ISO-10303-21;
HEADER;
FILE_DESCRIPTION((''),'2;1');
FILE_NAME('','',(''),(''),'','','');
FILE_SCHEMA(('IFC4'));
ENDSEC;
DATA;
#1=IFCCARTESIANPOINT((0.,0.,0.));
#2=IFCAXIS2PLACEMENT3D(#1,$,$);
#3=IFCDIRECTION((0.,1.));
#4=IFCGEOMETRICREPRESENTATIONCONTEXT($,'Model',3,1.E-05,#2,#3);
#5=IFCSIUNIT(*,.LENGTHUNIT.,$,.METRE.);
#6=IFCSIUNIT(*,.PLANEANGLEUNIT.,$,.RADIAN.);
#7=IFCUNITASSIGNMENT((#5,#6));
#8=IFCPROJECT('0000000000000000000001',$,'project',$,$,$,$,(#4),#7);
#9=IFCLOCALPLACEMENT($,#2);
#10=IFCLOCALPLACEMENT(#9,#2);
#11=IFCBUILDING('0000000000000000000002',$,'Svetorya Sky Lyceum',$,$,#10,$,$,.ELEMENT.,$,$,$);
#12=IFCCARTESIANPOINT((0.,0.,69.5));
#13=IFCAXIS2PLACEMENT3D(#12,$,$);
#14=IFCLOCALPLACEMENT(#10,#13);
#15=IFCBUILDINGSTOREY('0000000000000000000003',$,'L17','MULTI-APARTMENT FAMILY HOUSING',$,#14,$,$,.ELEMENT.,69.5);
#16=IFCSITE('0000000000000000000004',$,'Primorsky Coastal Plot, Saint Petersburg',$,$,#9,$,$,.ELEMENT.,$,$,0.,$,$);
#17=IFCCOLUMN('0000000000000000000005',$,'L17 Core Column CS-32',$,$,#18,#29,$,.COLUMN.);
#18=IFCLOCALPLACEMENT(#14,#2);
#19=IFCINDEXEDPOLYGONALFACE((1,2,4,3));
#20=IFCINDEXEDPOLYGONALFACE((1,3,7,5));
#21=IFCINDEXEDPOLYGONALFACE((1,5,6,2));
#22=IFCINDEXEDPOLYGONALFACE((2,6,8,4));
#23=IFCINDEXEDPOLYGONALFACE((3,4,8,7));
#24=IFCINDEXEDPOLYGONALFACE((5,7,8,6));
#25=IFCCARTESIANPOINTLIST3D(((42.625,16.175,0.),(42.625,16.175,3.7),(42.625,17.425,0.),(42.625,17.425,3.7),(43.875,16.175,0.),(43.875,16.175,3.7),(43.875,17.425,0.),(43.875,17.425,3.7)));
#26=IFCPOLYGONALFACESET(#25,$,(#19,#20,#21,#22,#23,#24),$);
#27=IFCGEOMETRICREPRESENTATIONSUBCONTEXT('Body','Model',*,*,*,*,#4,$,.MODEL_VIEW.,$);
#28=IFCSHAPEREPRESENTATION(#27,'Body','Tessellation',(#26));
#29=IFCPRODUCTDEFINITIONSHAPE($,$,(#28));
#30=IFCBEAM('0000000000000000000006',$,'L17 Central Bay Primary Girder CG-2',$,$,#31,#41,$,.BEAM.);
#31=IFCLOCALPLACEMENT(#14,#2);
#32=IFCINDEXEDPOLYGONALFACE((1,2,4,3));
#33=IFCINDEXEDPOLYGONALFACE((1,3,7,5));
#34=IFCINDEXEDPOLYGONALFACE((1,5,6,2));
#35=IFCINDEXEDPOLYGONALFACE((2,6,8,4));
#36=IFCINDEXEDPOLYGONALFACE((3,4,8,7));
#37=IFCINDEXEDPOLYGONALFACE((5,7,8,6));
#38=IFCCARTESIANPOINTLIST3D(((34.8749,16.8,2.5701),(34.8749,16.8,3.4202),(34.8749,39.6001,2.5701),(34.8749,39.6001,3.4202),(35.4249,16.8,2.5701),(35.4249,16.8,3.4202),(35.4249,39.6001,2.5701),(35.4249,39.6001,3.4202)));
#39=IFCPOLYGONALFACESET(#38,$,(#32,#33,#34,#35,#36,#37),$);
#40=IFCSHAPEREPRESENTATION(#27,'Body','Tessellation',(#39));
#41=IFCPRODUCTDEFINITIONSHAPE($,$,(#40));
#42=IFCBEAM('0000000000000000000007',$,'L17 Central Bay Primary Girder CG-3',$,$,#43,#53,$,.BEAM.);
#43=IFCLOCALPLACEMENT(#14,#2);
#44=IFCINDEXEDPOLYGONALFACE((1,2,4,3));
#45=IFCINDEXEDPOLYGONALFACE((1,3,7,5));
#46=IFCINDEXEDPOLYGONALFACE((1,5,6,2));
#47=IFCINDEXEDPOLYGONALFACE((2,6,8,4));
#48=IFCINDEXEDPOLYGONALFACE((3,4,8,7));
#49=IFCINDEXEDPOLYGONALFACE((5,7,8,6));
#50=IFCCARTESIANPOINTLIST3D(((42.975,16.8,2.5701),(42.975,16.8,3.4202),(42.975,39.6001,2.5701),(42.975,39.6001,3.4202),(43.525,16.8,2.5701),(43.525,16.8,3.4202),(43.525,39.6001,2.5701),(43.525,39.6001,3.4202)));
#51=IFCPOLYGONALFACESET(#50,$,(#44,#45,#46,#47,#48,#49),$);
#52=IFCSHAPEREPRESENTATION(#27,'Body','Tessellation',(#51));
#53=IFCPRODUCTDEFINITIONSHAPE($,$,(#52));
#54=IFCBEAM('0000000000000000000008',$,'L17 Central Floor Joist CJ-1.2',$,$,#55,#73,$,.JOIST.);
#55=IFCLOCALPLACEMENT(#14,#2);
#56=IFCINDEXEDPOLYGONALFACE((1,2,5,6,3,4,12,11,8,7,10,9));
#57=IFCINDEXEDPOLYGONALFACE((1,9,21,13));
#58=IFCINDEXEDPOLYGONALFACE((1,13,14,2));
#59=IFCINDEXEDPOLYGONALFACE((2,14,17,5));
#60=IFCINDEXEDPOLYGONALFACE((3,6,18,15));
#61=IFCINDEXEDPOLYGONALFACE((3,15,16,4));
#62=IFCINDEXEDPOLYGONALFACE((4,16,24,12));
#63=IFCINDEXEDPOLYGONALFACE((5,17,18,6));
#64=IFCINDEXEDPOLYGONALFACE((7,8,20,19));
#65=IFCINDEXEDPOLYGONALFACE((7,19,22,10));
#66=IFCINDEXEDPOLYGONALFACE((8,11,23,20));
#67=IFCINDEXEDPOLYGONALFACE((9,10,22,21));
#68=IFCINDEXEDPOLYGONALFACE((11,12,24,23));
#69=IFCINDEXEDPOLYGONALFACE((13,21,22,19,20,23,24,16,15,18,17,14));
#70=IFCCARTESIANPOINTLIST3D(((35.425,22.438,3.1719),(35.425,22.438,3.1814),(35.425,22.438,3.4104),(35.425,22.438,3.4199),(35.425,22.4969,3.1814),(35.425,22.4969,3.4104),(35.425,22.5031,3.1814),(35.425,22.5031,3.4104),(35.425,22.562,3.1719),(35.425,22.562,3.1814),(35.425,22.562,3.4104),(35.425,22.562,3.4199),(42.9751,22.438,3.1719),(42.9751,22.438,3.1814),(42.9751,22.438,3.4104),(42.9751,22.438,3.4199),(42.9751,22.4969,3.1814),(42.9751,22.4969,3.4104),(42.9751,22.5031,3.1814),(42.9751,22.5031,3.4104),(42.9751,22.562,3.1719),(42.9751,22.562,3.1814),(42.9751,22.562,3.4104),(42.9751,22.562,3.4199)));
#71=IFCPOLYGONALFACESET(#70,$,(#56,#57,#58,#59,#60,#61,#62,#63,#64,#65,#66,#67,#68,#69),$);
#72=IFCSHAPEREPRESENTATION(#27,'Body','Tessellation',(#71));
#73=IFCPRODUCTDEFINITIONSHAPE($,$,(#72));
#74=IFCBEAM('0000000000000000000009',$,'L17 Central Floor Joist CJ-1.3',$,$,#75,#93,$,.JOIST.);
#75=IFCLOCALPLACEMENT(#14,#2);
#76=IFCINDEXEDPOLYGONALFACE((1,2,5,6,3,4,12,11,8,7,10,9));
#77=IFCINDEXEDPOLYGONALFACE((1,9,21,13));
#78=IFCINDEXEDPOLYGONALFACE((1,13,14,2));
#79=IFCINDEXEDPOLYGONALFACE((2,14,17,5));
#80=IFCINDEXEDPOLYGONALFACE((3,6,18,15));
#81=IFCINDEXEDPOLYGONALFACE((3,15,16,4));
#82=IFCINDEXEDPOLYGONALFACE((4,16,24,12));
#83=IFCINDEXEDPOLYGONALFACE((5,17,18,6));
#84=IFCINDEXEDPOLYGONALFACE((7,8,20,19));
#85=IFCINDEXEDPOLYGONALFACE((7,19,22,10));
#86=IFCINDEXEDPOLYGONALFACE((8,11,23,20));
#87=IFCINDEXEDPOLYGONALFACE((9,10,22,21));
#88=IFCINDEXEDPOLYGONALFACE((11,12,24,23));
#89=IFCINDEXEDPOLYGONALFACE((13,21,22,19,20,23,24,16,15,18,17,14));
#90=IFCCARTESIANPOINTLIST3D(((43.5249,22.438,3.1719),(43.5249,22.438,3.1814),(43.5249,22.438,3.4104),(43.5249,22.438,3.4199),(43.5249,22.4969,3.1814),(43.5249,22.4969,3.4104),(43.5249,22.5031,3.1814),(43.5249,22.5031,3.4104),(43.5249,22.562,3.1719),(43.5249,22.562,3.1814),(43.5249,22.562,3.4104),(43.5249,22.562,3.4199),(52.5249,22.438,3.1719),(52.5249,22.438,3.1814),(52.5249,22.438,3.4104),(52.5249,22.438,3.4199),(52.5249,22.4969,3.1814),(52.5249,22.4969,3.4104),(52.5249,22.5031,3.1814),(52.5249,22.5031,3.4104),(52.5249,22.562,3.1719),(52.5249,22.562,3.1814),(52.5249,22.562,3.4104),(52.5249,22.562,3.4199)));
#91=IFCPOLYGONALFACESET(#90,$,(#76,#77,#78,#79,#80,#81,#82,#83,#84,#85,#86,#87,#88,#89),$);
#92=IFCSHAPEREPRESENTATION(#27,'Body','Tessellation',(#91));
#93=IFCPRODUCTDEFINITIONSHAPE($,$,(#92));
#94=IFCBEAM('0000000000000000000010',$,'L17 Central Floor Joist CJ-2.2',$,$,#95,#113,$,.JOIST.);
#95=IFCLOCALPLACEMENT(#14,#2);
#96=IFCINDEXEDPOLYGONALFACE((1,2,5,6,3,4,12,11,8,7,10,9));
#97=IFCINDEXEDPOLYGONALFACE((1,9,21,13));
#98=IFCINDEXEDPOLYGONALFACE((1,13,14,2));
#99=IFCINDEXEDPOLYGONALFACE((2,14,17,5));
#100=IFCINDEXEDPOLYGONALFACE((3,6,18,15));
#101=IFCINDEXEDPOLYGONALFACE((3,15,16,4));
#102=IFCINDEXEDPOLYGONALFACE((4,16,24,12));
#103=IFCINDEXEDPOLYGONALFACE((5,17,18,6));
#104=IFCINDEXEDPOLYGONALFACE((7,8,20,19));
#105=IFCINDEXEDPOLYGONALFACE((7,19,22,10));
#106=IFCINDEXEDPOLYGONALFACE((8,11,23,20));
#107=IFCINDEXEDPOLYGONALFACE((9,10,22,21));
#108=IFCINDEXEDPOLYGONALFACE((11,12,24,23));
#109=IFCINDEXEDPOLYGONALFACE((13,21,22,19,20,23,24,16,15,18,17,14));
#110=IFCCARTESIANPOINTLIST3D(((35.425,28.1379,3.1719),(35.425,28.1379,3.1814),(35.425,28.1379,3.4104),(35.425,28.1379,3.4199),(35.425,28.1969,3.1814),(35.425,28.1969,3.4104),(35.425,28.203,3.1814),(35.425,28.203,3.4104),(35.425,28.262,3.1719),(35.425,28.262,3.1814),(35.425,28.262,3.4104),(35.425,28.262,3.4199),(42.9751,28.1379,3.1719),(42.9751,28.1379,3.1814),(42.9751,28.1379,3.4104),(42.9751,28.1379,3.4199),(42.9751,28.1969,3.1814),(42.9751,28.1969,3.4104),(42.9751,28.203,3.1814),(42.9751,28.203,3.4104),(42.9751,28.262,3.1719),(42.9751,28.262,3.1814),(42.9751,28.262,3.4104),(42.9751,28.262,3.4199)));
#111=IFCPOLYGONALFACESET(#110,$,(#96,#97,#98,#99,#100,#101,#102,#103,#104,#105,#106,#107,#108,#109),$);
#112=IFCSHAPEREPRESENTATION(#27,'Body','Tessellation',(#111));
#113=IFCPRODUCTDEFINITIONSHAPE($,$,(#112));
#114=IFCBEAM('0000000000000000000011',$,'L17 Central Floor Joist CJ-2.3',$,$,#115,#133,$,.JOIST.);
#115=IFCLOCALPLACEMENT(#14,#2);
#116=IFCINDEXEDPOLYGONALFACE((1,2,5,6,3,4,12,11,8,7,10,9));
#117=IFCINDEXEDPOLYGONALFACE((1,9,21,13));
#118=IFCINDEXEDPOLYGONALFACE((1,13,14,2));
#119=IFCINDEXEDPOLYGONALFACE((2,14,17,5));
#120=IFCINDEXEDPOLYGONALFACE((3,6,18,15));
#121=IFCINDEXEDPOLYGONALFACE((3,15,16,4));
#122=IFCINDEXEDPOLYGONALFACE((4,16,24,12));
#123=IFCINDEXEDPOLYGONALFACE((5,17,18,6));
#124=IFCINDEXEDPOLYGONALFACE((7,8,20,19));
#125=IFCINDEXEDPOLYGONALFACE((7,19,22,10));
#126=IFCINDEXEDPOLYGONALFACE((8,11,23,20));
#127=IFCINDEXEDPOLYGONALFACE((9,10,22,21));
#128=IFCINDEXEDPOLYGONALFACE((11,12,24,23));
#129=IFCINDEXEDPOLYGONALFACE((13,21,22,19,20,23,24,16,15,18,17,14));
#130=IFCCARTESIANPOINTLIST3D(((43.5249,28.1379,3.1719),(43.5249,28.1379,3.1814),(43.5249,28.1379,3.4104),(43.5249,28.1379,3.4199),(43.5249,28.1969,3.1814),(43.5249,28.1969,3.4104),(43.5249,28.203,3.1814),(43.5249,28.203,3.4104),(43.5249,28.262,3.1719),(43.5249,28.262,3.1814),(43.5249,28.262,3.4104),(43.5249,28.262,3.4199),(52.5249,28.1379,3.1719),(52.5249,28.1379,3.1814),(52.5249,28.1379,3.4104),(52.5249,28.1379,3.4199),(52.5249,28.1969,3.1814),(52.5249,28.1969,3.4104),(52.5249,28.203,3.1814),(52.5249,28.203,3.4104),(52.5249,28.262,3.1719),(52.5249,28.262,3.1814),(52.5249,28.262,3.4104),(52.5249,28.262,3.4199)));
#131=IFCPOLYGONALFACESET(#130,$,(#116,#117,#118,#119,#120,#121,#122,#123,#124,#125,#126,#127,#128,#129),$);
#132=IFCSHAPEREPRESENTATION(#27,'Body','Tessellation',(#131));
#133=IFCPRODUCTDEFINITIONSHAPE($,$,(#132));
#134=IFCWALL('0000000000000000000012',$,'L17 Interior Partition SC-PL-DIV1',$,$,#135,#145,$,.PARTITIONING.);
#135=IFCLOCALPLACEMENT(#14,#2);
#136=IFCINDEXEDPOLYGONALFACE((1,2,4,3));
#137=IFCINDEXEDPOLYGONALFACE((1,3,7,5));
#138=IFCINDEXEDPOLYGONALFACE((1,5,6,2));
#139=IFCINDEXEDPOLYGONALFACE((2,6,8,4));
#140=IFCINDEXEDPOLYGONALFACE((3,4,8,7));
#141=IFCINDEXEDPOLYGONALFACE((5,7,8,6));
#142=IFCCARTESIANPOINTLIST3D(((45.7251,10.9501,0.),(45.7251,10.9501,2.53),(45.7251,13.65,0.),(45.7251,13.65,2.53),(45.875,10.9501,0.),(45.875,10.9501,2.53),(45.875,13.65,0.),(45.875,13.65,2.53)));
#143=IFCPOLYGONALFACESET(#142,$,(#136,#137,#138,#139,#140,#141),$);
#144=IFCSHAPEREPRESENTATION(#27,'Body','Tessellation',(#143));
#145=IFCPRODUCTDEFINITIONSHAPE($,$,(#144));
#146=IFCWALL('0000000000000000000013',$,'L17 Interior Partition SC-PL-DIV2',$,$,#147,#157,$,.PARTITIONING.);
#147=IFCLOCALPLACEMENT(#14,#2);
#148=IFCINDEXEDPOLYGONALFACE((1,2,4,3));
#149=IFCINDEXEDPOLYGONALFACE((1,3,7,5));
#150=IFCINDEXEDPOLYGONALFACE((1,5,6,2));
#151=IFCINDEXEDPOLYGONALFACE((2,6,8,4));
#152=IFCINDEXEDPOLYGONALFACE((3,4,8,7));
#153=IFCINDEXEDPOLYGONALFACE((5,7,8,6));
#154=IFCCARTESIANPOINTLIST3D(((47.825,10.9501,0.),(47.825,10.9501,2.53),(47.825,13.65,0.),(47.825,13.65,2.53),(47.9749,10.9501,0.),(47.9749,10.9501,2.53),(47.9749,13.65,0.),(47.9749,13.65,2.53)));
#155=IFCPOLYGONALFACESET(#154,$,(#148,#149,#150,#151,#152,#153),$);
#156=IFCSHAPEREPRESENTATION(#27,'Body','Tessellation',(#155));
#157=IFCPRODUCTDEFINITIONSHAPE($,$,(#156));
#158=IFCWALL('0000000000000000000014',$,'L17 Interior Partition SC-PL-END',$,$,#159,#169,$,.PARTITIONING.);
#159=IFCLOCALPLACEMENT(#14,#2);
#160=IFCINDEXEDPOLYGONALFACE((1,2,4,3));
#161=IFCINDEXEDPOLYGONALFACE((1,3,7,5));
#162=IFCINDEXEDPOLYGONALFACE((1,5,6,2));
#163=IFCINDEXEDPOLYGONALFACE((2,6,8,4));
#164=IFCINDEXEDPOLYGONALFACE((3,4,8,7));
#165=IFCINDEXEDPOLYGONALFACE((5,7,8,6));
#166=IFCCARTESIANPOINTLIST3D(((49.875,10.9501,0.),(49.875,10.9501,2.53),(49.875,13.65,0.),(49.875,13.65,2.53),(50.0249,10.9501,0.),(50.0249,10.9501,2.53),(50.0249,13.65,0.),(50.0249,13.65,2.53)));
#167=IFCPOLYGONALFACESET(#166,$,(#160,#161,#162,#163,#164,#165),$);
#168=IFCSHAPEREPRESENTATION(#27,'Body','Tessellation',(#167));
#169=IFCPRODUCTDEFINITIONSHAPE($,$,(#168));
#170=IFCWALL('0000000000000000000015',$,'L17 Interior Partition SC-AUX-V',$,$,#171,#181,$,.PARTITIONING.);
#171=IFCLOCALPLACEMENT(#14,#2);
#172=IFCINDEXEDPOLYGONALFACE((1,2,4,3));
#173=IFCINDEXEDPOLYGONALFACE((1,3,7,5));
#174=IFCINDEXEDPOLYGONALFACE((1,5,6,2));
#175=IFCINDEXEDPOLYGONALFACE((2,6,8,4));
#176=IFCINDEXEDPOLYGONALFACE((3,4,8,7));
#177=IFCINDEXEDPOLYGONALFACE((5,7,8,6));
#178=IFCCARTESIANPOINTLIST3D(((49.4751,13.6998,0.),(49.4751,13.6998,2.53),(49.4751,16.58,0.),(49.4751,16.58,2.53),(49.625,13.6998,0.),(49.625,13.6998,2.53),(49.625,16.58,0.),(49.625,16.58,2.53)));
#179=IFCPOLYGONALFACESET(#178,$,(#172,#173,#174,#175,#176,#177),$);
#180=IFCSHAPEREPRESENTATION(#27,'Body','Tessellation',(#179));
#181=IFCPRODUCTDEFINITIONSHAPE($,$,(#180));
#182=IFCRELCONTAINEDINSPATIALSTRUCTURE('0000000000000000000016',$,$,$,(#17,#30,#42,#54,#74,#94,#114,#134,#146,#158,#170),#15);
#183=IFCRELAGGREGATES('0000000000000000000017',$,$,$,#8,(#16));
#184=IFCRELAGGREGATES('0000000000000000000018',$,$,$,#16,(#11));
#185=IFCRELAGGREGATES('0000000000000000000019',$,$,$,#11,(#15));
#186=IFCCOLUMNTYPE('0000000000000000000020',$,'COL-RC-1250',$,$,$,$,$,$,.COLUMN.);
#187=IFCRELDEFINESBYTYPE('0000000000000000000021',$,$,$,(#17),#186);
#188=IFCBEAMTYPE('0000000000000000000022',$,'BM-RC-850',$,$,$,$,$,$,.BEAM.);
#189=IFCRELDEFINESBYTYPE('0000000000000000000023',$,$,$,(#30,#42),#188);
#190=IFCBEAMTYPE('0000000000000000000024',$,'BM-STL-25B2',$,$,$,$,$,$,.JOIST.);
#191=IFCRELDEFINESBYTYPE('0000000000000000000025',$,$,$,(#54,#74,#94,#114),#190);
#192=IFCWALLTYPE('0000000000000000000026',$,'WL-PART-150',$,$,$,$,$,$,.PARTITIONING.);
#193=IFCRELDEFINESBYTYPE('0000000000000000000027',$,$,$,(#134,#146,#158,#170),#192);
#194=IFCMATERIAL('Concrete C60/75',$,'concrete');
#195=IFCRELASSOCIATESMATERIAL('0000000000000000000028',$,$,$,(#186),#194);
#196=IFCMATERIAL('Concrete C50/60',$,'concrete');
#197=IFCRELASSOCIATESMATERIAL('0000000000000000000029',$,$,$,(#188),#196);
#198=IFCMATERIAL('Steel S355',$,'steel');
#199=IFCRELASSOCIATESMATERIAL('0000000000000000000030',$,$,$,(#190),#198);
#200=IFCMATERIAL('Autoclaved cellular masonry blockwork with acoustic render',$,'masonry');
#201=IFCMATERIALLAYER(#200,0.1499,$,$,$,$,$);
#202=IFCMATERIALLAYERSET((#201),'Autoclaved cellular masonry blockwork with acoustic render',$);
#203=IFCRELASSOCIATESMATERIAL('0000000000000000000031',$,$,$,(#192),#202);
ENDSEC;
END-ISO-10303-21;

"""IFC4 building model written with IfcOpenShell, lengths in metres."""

from ifc_helpers import new_model, si_unit, direction, frame, frame_2d, origin, origin_2d, place, context, subcontext, project, spatial, rectangle, i_section, extrude, material, layer, layer_set, material_profile, profile_set, type_object, element, save


model = new_model("IFC4")

# Units and contexts
model_context = context("Model", 3, precision=1e-05, world=origin(), true_north=direction((0.0, 1.0)))
body_context = subcontext(model_context, "Body", "Model", "MODEL_VIEW")
ifc_project = project(units=[si_unit("LENGTHUNIT", "METRE"), si_unit("PLANEANGLEUNIT", "RADIAN")], contexts=[model_context])

# Site, building, storey
site_placement = place(None, origin())
site = spatial("IfcSite", under=ifc_project, at=site_placement, Name="Primorsky Coastal Plot, Saint Petersburg", CompositionType="ELEMENT", RefElevation=0.0)
building_placement = place(site_placement, origin())
building = spatial("IfcBuilding", under=site, at=building_placement, Name="Svetorya Sky Lyceum", CompositionType="ELEMENT")
storey_placement = place(building_placement, frame((0.0, 0.0, 69.5)))
storey = spatial("IfcBuildingStorey", under=building, at=storey_placement, Name="L17", Description="MULTI-APARTMENT FAMILY HOUSING", CompositionType="ELEMENT", Elevation=69.5)

# Column
ifc_material_1 = material(Name="Concrete C60/75", Category="concrete")
ifc_material_profile_1 = material_profile(ifc_material_1, rectangle(XDim=1.25, YDim=1.25, at=origin_2d()), Name="RC COL 1250x1250")
ifc_profile_set_1 = profile_set([ifc_material_profile_1], Name="Concrete C60/75")
column_type = type_object("IfcColumnType", Name="COL-RC-1250", PredefinedType="COLUMN", material=ifc_profile_set_1)
column_placement = place(storey_placement, frame((43.25, 16.8, 0.0), z_axis=(0.0, 0.0, 1.0), x_axis=(1.0, 0.0, 0.0)))
element("IfcColumn", 1, at=column_placement, inside=storey, type_object=column_type, Name="L17 Core Column CS-32", PredefinedType="COLUMN", context=body_context, shape_type="SweptSolid", body=[
    extrude(rectangle(XDim=1.25, YDim=1.25, at=origin_2d()), origin(), (0.0, 0.0, 1.0), 3.7),
])

# Beams
ifc_material_2 = material(Name="Concrete C50/60", Category="concrete")
ifc_material_profile_2 = material_profile(ifc_material_2, rectangle(XDim=0.55, YDim=0.8501, at=origin_2d()), Name="RC BEAM 550x850")
ifc_profile_set_2 = profile_set([ifc_material_profile_2], Name="Concrete C50/60")
beam_type_1 = type_object("IfcBeamType", Name="BM-RC-850", PredefinedType="BEAM", material=ifc_profile_set_2)
for number, where, z_axis, x_axis, name in (
    (2, (35.1499, 16.8, 2.9951), (0.0, 1.0, 0.0), (-1.0, 0.0, 0.0), "L17 Central Bay Primary Girder CG-2"),
    (3, (43.25, 16.8, 2.9951), (0.0, 1.0, 0.0), (-1.0, 0.0, 0.0), "L17 Central Bay Primary Girder CG-3"),
):
    element("IfcBeam", number, at=place(storey_placement, frame(where, z_axis=z_axis, x_axis=x_axis)), inside=storey, type_object=beam_type_1, Name=name, PredefinedType="BEAM", context=body_context, shape_type="SweptSolid", body=[
        extrude(rectangle(XDim=0.55, YDim=0.8501, at=origin_2d()), origin(), (0.0, 0.0, 1.0), 22.8),
    ])
ifc_material_3 = material(Name="Steel S355", Category="steel")
ifc_material_profile_3 = material_profile(ifc_material_3, i_section(OverallWidth=0.124, OverallDepth=0.248, WebThickness=0.0061, FlangeThickness=0.0095, at=origin_2d()), Name="GOST 25B2")
ifc_profile_set_3 = profile_set([ifc_material_profile_3], Name="Steel S355")
beam_type_2 = type_object("IfcBeamType", Name="BM-STL-25B2", PredefinedType="JOIST", material=ifc_profile_set_3)
beam_1_placement = place(storey_placement, frame((35.425, 22.5, 3.2959), z_axis=(1.0, 0.0, 0.0), x_axis=(0.0, 1.0, 0.0)))
element("IfcBeam", 4, at=beam_1_placement, inside=storey, type_object=beam_type_2, Name="L17 Central Floor Joist CJ-1.2", PredefinedType="JOIST", context=body_context, shape_type="SweptSolid", body=[
    extrude(i_section(OverallWidth=0.124, OverallDepth=0.248, WebThickness=0.0061, FlangeThickness=0.0095, at=origin_2d()), origin(), (0.0, 0.0, 1.0), 7.55),
])
beam_2_placement = place(storey_placement, frame((43.5249, 22.5, 3.2959), z_axis=(1.0, 0.0, 0.0), x_axis=(0.0, 1.0, 0.0)))
element("IfcBeam", 5, at=beam_2_placement, inside=storey, type_object=beam_type_2, Name="L17 Central Floor Joist CJ-1.3", PredefinedType="JOIST", context=body_context, shape_type="SweptSolid", body=[
    extrude(i_section(OverallWidth=0.124, OverallDepth=0.248, WebThickness=0.0061, FlangeThickness=0.0095, at=origin_2d()), origin(), (0.0, 0.0, 1.0), 9.0),
])
beam_3_placement = place(storey_placement, frame((35.425, 28.2, 3.2959), z_axis=(1.0, 0.0, 0.0), x_axis=(0.0, 1.0, 0.0)))
element("IfcBeam", 6, at=beam_3_placement, inside=storey, type_object=beam_type_2, Name="L17 Central Floor Joist CJ-2.2", PredefinedType="JOIST", context=body_context, shape_type="SweptSolid", body=[
    extrude(i_section(OverallWidth=0.124, OverallDepth=0.248, WebThickness=0.0061, FlangeThickness=0.0095, at=origin_2d()), origin(), (0.0, 0.0, 1.0), 7.55),
])
beam_4_placement = place(storey_placement, frame((43.5249, 28.2, 3.2959), z_axis=(1.0, 0.0, 0.0), x_axis=(0.0, 1.0, 0.0)))
element("IfcBeam", 7, at=beam_4_placement, inside=storey, type_object=beam_type_2, Name="L17 Central Floor Joist CJ-2.3", PredefinedType="JOIST", context=body_context, shape_type="SweptSolid", body=[
    extrude(i_section(OverallWidth=0.124, OverallDepth=0.248, WebThickness=0.0061, FlangeThickness=0.0095, at=origin_2d()), origin(), (0.0, 0.0, 1.0), 9.0),
])

# Walls
ifc_material_4 = material(Name="Autoclaved cellular masonry blockwork with acoustic render", Category="masonry")
ifc_layer_1 = layer(ifc_material_4, 0.1499)
ifc_layer_set_1 = layer_set([ifc_layer_1], Name="Autoclaved cellular masonry blockwork with acoustic render")
wall_type_1 = type_object("IfcWallType", Name="WL-PART-150", PredefinedType="PARTITIONING", material=ifc_layer_set_1)
for number, where, z_axis, x_axis, name in (
    (8, (45.8, 10.95, 0.0), (0.0, 0.0, 1.0), (0.0, 1.0, 0.0), "L17 Interior Partition SC-PL-DIV1"),
    (9, (47.8999, 10.95, 0.0), (0.0, 0.0, 1.0), (0.0, 1.0, 0.0), "L17 Interior Partition SC-PL-DIV2"),
    (10, (49.95, 10.95, 0.0), (0.0, 0.0, 1.0), (0.0, 1.0, 0.0), "L17 Interior Partition SC-PL-END"),
):
    element("IfcWall", number, at=place(storey_placement, frame(where, z_axis=z_axis, x_axis=x_axis)), inside=storey, type_object=wall_type_1, Name=name, PredefinedType="PARTITIONING", context=body_context, shape_type="SweptSolid", body=[
        extrude(rectangle(XDim=2.7, YDim=0.1499, at=frame_2d((1.3501, 0.0))), origin(), (0.0, 0.0, 1.0), 2.53),
    ])
wall_1_placement = place(storey_placement, frame((49.55, 13.7, 0.0), z_axis=(0.0, 0.0, 1.0), x_axis=(0.0, 1.0, 0.0)))
element("IfcWall", 11, at=wall_1_placement, inside=storey, type_object=wall_type_1, Name="L17 Interior Partition SC-AUX-V", PredefinedType="PARTITIONING", context=body_context, shape_type="SweptSolid", body=[
    extrude(rectangle(XDim=2.8801, YDim=0.1499, at=frame_2d((1.4399, 0.0))), origin(), (0.0, 0.0, 1.0), 2.53),
])

save(model, "model.ifc")
